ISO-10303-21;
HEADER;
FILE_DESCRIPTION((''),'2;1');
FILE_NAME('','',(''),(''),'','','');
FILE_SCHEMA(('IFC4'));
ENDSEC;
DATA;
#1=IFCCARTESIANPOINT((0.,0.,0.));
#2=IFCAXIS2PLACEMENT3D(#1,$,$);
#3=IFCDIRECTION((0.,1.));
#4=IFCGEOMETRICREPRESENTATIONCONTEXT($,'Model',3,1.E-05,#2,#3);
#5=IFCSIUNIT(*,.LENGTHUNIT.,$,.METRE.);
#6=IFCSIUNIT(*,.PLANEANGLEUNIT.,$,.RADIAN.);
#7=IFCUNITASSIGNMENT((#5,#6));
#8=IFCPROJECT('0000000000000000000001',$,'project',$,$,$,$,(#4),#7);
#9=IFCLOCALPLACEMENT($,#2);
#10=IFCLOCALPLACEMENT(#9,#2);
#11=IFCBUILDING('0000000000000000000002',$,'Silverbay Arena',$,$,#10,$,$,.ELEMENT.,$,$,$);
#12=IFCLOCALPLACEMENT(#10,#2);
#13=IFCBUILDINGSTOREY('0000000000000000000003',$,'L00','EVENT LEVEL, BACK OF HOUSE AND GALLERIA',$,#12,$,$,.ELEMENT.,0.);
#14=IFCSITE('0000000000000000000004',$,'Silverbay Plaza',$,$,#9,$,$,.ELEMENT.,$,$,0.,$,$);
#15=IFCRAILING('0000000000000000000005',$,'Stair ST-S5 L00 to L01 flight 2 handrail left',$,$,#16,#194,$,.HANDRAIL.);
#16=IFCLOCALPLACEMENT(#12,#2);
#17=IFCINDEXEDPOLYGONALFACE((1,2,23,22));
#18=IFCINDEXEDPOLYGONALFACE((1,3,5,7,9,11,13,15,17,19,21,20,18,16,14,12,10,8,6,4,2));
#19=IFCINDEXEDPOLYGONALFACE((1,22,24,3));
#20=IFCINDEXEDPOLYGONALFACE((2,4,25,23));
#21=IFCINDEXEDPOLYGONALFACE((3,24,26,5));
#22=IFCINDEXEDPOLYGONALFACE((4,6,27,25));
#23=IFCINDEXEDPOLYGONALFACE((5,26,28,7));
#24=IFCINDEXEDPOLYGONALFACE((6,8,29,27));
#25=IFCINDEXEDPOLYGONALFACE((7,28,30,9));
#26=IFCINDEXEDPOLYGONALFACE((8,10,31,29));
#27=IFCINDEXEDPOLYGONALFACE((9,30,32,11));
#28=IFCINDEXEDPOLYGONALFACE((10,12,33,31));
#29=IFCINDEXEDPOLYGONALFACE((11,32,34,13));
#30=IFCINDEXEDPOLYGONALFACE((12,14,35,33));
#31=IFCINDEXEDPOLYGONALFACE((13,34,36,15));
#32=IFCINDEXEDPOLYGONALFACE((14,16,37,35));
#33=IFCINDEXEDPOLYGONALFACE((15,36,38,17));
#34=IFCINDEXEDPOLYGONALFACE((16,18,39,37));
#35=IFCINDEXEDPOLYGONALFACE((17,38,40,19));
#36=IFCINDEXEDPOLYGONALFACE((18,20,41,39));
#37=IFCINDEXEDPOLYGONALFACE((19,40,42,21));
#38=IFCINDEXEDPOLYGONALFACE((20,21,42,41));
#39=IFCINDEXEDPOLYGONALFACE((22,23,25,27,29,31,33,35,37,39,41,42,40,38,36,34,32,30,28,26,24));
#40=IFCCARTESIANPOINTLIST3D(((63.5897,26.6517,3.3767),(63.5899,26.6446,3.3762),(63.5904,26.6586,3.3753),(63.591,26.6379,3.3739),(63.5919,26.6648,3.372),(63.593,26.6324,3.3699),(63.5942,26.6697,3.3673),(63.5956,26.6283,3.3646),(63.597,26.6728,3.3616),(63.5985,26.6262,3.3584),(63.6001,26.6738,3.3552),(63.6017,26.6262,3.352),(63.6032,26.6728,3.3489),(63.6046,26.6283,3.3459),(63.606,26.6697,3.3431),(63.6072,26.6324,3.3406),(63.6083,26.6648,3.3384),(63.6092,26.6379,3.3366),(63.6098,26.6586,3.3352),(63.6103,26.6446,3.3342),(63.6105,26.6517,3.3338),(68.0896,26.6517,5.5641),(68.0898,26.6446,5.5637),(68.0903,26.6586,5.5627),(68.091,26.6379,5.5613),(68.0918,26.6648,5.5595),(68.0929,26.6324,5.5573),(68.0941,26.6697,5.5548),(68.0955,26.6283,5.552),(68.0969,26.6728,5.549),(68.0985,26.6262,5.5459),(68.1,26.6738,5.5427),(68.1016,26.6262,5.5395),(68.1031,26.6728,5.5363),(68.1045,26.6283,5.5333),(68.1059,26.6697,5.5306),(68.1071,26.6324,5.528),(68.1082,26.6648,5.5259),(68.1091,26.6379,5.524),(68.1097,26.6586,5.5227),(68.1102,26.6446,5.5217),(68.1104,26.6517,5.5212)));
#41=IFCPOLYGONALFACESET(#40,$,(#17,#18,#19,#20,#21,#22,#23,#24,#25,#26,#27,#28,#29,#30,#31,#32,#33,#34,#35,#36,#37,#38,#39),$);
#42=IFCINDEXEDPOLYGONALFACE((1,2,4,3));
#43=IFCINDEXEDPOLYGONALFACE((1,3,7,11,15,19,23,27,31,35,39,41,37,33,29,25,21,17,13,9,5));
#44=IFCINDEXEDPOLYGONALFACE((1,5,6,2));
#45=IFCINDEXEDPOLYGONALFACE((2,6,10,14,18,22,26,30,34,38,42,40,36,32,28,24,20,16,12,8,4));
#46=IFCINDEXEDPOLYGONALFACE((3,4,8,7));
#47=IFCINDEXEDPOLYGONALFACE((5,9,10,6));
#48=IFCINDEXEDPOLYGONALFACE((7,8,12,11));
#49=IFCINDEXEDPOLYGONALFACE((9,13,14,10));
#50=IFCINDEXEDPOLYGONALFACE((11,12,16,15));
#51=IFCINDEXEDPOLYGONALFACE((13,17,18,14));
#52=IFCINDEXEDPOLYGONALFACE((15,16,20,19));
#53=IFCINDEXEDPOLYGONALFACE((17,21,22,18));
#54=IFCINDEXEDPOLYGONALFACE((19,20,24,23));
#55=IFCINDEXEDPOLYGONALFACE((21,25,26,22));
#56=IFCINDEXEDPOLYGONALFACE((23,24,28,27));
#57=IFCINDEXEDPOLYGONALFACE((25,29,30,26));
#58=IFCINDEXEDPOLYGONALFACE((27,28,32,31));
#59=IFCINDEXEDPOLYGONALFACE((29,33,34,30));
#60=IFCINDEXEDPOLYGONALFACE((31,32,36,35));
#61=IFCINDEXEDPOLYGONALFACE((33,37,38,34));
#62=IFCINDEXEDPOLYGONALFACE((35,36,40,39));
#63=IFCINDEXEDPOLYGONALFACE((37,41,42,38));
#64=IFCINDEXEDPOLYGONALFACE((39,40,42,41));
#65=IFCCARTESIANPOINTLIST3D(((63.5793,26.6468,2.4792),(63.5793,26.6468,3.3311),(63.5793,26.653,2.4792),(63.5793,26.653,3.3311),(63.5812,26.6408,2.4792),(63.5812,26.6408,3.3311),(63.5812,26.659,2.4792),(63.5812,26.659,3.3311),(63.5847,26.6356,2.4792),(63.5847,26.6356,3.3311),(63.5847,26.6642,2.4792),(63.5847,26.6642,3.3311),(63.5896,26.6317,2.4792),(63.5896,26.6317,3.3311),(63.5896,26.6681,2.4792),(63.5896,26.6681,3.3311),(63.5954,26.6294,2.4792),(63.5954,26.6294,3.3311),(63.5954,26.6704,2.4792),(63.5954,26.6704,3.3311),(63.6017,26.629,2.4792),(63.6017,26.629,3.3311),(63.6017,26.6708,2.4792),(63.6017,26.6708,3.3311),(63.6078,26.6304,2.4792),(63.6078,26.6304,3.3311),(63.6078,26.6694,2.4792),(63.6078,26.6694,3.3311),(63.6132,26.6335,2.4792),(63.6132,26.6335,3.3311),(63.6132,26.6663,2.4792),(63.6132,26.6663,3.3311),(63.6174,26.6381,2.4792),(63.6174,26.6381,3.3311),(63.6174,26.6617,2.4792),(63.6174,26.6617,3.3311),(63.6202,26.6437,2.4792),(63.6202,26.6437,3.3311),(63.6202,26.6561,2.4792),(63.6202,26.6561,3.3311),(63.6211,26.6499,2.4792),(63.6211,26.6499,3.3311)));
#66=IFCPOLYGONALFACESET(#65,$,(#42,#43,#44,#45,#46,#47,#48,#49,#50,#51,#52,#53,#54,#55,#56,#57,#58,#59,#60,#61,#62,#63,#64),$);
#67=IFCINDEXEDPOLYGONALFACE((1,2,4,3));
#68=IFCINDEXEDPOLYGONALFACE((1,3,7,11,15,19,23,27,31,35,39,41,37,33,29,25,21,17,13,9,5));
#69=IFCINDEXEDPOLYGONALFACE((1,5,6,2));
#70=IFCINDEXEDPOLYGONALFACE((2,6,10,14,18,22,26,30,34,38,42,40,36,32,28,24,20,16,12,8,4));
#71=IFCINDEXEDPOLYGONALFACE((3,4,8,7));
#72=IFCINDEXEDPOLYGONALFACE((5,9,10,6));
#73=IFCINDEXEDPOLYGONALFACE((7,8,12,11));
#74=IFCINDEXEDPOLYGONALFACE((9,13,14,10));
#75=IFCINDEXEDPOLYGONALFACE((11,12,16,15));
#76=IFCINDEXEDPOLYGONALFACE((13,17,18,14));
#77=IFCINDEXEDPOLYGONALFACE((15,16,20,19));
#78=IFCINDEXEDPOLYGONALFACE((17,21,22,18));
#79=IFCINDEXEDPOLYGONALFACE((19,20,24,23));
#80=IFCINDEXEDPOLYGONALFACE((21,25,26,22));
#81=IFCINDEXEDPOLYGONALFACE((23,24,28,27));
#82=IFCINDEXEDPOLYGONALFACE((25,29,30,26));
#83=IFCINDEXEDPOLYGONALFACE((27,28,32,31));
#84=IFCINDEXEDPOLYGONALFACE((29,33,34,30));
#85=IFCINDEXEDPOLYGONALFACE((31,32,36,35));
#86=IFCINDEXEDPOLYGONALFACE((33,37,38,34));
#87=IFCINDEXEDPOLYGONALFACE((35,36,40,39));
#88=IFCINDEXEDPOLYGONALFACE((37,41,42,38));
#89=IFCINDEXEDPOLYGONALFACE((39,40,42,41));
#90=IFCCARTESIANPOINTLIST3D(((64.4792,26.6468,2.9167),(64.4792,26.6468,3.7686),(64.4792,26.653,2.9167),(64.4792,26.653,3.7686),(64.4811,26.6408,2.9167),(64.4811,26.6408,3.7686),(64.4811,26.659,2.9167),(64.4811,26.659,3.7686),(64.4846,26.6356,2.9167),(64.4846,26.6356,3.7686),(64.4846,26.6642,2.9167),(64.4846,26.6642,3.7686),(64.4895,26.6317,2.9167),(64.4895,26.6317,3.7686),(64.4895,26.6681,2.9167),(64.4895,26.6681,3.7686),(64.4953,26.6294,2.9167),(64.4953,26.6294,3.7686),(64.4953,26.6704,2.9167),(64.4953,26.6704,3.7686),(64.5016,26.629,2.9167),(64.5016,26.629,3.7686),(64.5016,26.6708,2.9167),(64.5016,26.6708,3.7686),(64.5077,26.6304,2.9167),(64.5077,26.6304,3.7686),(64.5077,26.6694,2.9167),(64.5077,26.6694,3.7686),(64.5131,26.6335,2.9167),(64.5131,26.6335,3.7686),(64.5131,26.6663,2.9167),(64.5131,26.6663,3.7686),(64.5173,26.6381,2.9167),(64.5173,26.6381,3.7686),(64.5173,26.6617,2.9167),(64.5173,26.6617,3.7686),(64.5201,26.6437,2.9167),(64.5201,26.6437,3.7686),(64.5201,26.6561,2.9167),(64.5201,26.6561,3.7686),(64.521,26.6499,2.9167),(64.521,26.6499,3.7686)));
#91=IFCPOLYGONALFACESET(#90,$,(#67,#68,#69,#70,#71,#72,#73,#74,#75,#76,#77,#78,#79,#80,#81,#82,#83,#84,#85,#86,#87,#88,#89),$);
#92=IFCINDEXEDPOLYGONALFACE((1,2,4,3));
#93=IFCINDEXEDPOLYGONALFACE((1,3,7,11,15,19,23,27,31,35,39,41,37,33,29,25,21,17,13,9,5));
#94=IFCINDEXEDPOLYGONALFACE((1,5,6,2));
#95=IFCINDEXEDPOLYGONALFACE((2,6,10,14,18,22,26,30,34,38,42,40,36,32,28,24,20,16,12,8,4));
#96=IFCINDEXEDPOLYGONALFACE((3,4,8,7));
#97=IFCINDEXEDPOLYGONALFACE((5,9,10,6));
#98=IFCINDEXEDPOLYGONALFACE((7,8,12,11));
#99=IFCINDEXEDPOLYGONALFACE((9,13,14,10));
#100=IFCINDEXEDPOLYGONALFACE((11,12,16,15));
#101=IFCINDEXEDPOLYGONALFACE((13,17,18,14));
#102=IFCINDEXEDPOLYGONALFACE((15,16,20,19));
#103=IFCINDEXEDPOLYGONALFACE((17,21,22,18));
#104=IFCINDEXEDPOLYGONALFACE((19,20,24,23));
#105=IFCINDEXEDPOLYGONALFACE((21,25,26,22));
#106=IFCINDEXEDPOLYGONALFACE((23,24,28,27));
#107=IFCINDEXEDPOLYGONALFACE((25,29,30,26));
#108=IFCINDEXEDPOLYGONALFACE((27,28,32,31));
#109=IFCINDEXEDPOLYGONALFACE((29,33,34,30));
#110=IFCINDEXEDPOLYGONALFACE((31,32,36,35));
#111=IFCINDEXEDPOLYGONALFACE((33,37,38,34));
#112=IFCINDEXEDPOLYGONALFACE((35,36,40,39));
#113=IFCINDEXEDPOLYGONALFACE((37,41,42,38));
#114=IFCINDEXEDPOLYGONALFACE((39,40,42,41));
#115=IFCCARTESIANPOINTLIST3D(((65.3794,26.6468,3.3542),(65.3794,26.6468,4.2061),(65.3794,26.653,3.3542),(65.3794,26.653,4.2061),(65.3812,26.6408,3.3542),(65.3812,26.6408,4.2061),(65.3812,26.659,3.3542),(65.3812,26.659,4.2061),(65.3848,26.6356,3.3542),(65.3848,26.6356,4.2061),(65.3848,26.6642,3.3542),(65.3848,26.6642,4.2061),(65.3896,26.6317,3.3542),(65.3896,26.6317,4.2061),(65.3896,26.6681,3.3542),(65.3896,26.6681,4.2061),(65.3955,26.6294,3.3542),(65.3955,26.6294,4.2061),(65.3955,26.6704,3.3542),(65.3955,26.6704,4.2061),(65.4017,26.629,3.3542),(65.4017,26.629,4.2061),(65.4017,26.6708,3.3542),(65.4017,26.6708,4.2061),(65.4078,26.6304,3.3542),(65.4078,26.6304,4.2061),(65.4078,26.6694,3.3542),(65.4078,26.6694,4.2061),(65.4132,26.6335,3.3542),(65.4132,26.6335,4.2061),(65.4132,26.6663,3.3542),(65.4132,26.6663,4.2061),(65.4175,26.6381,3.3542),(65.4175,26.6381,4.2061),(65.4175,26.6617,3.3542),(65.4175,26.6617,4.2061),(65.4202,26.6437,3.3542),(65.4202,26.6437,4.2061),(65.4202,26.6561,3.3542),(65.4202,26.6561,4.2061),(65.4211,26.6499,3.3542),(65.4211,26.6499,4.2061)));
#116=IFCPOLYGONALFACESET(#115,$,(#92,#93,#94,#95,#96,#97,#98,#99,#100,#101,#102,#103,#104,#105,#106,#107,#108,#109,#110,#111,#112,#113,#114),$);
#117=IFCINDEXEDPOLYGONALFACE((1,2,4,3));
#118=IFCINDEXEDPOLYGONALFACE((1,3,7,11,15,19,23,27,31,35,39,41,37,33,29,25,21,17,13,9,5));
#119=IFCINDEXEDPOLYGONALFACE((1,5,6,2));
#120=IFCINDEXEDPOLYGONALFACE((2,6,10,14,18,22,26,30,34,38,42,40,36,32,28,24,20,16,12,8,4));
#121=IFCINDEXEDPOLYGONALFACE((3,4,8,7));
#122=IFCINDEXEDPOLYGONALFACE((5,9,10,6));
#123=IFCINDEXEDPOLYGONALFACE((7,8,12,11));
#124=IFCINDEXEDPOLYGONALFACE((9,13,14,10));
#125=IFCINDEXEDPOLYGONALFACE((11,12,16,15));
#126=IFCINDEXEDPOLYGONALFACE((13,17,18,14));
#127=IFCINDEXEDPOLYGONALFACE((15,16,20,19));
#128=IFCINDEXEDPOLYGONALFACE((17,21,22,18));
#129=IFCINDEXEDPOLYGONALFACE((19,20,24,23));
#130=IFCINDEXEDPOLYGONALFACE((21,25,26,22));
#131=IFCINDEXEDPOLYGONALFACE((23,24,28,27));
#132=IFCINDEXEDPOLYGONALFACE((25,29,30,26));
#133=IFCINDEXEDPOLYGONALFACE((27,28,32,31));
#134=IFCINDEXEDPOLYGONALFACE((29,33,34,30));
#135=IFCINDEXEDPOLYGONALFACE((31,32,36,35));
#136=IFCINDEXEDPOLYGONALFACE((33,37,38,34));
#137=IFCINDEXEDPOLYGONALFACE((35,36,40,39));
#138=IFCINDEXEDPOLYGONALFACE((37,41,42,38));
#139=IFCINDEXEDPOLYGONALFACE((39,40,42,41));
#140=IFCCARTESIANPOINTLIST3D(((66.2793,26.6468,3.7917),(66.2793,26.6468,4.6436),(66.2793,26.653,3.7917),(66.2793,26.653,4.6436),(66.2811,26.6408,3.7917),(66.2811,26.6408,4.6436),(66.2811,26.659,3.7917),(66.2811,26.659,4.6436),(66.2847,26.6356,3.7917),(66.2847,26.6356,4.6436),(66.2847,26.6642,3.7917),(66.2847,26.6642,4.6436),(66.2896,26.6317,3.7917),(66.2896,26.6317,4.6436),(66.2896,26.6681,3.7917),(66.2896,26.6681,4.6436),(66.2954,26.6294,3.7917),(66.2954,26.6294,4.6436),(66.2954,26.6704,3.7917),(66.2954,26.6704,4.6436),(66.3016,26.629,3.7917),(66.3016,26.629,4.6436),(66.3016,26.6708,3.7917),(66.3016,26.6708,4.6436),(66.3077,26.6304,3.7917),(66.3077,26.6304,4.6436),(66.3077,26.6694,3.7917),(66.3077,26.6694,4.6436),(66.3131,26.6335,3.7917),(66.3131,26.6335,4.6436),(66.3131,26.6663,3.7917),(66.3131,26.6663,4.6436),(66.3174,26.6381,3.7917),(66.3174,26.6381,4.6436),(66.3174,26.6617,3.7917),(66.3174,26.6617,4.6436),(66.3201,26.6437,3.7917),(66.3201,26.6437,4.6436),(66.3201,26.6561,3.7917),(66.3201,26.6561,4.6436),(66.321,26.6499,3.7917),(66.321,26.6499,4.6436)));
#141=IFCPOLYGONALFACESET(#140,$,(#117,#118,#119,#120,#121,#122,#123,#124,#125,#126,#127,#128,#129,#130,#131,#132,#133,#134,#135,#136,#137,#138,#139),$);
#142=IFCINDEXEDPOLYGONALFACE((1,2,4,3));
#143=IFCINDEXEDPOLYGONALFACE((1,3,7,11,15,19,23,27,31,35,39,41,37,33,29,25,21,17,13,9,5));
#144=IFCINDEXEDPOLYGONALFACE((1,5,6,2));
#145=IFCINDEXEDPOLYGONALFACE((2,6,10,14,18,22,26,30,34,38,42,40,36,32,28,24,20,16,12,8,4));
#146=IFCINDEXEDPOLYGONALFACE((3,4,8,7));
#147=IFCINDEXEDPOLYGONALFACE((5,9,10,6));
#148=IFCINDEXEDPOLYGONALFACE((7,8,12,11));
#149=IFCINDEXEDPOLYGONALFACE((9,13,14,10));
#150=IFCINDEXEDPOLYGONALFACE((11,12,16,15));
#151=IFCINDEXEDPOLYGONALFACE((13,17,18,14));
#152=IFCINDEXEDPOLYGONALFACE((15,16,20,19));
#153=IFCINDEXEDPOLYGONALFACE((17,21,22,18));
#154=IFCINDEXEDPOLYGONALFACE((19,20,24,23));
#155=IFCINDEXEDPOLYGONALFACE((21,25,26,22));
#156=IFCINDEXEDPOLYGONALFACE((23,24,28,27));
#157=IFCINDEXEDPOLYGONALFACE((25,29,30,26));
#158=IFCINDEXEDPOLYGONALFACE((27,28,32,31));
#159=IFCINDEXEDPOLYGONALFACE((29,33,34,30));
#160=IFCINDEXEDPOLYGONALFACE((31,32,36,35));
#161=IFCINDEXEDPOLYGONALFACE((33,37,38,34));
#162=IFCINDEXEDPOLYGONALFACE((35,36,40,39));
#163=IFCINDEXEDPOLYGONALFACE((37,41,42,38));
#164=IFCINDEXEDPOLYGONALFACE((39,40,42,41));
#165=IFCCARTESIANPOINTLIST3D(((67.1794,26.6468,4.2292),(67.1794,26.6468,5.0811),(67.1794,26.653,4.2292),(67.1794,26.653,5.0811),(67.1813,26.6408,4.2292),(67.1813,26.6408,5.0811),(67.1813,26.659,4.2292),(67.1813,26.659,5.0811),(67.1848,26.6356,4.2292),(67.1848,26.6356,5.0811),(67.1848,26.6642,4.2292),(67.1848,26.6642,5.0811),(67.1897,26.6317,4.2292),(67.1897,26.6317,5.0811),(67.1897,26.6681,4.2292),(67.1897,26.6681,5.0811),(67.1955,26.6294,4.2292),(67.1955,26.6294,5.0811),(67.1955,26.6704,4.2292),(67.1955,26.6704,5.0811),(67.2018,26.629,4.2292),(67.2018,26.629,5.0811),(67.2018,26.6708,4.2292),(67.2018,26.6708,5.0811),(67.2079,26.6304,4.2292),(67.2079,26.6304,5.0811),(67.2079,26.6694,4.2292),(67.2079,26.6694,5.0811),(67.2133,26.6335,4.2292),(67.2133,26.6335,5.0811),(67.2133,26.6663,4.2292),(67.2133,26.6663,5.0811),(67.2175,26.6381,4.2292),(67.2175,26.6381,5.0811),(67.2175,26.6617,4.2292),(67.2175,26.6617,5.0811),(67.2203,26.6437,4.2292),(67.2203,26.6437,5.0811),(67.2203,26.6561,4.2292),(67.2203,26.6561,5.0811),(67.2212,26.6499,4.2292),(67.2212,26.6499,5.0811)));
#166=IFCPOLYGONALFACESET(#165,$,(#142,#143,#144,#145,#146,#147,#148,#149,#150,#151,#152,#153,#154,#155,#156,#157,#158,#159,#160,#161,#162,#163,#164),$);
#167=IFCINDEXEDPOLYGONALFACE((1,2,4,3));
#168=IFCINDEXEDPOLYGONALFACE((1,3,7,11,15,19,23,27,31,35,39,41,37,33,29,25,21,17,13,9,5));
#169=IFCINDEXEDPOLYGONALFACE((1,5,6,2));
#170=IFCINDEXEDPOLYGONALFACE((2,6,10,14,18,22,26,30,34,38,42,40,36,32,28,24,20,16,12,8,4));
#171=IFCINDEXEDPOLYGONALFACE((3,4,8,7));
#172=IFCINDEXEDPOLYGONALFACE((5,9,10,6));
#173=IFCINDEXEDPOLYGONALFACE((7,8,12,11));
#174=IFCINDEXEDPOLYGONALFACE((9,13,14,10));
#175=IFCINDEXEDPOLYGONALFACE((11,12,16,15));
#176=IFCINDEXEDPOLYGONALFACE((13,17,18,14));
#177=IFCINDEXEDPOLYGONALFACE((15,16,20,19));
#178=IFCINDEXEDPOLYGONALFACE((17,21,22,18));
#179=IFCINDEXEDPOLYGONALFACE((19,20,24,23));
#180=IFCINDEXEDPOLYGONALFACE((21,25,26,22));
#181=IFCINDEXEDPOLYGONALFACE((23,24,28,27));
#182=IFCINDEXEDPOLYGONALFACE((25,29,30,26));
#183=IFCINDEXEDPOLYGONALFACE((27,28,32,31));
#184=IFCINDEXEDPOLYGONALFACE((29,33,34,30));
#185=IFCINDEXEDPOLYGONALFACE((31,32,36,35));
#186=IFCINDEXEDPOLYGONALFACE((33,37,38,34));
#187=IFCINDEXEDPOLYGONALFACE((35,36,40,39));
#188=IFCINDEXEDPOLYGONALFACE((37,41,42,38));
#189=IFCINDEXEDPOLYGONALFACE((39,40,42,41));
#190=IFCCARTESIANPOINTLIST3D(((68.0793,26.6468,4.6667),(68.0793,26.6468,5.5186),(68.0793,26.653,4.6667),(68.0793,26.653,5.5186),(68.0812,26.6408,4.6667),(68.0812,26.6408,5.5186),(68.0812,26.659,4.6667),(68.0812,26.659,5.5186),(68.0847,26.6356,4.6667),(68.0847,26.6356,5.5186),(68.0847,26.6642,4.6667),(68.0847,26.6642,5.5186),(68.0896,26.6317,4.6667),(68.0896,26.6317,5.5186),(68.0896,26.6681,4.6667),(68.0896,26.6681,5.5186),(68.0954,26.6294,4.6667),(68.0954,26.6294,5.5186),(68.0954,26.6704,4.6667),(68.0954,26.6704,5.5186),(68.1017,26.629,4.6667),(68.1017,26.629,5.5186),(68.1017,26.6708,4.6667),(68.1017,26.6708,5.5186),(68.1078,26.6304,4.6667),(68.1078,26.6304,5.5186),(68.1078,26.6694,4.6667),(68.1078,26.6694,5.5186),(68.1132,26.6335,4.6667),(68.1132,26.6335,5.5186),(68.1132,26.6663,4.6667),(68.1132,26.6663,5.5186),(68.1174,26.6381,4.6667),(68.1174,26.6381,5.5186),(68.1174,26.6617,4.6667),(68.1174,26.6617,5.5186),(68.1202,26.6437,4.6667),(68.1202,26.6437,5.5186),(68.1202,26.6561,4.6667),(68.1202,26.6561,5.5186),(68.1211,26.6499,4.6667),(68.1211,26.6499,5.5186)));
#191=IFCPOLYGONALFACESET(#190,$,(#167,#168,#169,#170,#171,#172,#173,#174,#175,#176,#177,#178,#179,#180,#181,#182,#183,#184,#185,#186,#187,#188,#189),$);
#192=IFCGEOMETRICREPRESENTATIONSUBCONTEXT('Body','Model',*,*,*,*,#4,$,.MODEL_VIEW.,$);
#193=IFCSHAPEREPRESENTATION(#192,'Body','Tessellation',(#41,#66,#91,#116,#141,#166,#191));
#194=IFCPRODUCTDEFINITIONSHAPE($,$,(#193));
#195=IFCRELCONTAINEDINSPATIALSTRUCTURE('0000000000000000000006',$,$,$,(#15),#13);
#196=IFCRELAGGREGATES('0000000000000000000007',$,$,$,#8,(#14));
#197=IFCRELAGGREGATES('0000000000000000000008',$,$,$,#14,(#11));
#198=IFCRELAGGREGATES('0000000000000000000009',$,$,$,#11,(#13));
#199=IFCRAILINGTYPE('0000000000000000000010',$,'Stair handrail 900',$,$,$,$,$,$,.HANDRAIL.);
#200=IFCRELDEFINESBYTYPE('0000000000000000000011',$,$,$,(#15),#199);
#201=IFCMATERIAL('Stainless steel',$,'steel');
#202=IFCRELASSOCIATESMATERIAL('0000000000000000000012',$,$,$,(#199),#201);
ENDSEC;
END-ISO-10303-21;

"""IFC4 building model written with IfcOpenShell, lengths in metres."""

from ifc_helpers import new_model, si_unit, direction, frame, origin, origin_2d, place, context, subcontext, project, spatial, circle, extrude, material, type_object, element, save


model = new_model("IFC4")

# Units and contexts
model_context = context("Model", 3, precision=1e-05, world=origin(), true_north=direction((0.0, 1.0)))
body_context = subcontext(model_context, "Body", "Model", "MODEL_VIEW")
ifc_project = project(units=[si_unit("LENGTHUNIT", "METRE"), si_unit("PLANEANGLEUNIT", "RADIAN")], contexts=[model_context])

# Site, building, storey
site_placement = place(None, origin())
site = spatial("IfcSite", under=ifc_project, at=site_placement, Name="Silverbay Plaza", CompositionType="ELEMENT", RefElevation=0.0)
building_placement = place(site_placement, origin())
building = spatial("IfcBuilding", under=site, at=building_placement, Name="Silverbay Arena", CompositionType="ELEMENT")
storey_placement = place(building_placement, origin())
storey = spatial("IfcBuildingStorey", under=building, at=storey_placement, Name="L00", Description="EVENT LEVEL, BACK OF HOUSE AND GALLERIA", CompositionType="ELEMENT", Elevation=0.0)

# Railing
ifc_material_1 = material(Name="Stainless steel", Category="steel")
railing_type_1 = type_object("IfcRailingType", Name="Stair handrail 900", PredefinedType="HANDRAIL", material=ifc_material_1)
for number, where, name in (
    (1, (63.6001, 26.6499, 2.4792), "Stair ST-S5 L00 to L01 flight 2 handrail left"),
):
    element("IfcRailing", number, at=place(storey_placement, frame(where)), inside=storey, type_object=railing_type_1, Name=name, PredefinedType="HANDRAIL", context=body_context, shape_type="SweptSolid", body=[
        extrude(circle(Radius=0.0239, at=origin_2d()), frame((0.0, 0.0, 0.876), z_axis=(0.899368, 0.0, 0.437193), x_axis=(0.0, 1.0, 0.0)), (0.0, 0.0, 1.0), 5.0034),
        extrude(circle(Radius=0.021, at=origin_2d()), origin(), (0.0, 0.0, 1.0), 0.8518),
        extrude(circle(Radius=0.021, at=origin_2d()), frame((0.8999, 0.0, 0.4375)), (0.0, 0.0, 1.0), 0.8518),
        extrude(circle(Radius=0.021, at=origin_2d()), frame((1.8, 0.0, 0.875)), (0.0, 0.0, 1.0), 0.8518),
        extrude(circle(Radius=0.021, at=origin_2d()), frame((2.7, 0.0, 1.3125)), (0.0, 0.0, 1.0), 0.8518),
        extrude(circle(Radius=0.021, at=origin_2d()), frame((3.6001, 0.0, 1.75)), (0.0, 0.0, 1.0), 0.8518),
        extrude(circle(Radius=0.021, at=origin_2d()), frame((4.5, 0.0, 2.1875)), (0.0, 0.0, 1.0), 0.8518),
    ])

save(model, "model.ifc")
